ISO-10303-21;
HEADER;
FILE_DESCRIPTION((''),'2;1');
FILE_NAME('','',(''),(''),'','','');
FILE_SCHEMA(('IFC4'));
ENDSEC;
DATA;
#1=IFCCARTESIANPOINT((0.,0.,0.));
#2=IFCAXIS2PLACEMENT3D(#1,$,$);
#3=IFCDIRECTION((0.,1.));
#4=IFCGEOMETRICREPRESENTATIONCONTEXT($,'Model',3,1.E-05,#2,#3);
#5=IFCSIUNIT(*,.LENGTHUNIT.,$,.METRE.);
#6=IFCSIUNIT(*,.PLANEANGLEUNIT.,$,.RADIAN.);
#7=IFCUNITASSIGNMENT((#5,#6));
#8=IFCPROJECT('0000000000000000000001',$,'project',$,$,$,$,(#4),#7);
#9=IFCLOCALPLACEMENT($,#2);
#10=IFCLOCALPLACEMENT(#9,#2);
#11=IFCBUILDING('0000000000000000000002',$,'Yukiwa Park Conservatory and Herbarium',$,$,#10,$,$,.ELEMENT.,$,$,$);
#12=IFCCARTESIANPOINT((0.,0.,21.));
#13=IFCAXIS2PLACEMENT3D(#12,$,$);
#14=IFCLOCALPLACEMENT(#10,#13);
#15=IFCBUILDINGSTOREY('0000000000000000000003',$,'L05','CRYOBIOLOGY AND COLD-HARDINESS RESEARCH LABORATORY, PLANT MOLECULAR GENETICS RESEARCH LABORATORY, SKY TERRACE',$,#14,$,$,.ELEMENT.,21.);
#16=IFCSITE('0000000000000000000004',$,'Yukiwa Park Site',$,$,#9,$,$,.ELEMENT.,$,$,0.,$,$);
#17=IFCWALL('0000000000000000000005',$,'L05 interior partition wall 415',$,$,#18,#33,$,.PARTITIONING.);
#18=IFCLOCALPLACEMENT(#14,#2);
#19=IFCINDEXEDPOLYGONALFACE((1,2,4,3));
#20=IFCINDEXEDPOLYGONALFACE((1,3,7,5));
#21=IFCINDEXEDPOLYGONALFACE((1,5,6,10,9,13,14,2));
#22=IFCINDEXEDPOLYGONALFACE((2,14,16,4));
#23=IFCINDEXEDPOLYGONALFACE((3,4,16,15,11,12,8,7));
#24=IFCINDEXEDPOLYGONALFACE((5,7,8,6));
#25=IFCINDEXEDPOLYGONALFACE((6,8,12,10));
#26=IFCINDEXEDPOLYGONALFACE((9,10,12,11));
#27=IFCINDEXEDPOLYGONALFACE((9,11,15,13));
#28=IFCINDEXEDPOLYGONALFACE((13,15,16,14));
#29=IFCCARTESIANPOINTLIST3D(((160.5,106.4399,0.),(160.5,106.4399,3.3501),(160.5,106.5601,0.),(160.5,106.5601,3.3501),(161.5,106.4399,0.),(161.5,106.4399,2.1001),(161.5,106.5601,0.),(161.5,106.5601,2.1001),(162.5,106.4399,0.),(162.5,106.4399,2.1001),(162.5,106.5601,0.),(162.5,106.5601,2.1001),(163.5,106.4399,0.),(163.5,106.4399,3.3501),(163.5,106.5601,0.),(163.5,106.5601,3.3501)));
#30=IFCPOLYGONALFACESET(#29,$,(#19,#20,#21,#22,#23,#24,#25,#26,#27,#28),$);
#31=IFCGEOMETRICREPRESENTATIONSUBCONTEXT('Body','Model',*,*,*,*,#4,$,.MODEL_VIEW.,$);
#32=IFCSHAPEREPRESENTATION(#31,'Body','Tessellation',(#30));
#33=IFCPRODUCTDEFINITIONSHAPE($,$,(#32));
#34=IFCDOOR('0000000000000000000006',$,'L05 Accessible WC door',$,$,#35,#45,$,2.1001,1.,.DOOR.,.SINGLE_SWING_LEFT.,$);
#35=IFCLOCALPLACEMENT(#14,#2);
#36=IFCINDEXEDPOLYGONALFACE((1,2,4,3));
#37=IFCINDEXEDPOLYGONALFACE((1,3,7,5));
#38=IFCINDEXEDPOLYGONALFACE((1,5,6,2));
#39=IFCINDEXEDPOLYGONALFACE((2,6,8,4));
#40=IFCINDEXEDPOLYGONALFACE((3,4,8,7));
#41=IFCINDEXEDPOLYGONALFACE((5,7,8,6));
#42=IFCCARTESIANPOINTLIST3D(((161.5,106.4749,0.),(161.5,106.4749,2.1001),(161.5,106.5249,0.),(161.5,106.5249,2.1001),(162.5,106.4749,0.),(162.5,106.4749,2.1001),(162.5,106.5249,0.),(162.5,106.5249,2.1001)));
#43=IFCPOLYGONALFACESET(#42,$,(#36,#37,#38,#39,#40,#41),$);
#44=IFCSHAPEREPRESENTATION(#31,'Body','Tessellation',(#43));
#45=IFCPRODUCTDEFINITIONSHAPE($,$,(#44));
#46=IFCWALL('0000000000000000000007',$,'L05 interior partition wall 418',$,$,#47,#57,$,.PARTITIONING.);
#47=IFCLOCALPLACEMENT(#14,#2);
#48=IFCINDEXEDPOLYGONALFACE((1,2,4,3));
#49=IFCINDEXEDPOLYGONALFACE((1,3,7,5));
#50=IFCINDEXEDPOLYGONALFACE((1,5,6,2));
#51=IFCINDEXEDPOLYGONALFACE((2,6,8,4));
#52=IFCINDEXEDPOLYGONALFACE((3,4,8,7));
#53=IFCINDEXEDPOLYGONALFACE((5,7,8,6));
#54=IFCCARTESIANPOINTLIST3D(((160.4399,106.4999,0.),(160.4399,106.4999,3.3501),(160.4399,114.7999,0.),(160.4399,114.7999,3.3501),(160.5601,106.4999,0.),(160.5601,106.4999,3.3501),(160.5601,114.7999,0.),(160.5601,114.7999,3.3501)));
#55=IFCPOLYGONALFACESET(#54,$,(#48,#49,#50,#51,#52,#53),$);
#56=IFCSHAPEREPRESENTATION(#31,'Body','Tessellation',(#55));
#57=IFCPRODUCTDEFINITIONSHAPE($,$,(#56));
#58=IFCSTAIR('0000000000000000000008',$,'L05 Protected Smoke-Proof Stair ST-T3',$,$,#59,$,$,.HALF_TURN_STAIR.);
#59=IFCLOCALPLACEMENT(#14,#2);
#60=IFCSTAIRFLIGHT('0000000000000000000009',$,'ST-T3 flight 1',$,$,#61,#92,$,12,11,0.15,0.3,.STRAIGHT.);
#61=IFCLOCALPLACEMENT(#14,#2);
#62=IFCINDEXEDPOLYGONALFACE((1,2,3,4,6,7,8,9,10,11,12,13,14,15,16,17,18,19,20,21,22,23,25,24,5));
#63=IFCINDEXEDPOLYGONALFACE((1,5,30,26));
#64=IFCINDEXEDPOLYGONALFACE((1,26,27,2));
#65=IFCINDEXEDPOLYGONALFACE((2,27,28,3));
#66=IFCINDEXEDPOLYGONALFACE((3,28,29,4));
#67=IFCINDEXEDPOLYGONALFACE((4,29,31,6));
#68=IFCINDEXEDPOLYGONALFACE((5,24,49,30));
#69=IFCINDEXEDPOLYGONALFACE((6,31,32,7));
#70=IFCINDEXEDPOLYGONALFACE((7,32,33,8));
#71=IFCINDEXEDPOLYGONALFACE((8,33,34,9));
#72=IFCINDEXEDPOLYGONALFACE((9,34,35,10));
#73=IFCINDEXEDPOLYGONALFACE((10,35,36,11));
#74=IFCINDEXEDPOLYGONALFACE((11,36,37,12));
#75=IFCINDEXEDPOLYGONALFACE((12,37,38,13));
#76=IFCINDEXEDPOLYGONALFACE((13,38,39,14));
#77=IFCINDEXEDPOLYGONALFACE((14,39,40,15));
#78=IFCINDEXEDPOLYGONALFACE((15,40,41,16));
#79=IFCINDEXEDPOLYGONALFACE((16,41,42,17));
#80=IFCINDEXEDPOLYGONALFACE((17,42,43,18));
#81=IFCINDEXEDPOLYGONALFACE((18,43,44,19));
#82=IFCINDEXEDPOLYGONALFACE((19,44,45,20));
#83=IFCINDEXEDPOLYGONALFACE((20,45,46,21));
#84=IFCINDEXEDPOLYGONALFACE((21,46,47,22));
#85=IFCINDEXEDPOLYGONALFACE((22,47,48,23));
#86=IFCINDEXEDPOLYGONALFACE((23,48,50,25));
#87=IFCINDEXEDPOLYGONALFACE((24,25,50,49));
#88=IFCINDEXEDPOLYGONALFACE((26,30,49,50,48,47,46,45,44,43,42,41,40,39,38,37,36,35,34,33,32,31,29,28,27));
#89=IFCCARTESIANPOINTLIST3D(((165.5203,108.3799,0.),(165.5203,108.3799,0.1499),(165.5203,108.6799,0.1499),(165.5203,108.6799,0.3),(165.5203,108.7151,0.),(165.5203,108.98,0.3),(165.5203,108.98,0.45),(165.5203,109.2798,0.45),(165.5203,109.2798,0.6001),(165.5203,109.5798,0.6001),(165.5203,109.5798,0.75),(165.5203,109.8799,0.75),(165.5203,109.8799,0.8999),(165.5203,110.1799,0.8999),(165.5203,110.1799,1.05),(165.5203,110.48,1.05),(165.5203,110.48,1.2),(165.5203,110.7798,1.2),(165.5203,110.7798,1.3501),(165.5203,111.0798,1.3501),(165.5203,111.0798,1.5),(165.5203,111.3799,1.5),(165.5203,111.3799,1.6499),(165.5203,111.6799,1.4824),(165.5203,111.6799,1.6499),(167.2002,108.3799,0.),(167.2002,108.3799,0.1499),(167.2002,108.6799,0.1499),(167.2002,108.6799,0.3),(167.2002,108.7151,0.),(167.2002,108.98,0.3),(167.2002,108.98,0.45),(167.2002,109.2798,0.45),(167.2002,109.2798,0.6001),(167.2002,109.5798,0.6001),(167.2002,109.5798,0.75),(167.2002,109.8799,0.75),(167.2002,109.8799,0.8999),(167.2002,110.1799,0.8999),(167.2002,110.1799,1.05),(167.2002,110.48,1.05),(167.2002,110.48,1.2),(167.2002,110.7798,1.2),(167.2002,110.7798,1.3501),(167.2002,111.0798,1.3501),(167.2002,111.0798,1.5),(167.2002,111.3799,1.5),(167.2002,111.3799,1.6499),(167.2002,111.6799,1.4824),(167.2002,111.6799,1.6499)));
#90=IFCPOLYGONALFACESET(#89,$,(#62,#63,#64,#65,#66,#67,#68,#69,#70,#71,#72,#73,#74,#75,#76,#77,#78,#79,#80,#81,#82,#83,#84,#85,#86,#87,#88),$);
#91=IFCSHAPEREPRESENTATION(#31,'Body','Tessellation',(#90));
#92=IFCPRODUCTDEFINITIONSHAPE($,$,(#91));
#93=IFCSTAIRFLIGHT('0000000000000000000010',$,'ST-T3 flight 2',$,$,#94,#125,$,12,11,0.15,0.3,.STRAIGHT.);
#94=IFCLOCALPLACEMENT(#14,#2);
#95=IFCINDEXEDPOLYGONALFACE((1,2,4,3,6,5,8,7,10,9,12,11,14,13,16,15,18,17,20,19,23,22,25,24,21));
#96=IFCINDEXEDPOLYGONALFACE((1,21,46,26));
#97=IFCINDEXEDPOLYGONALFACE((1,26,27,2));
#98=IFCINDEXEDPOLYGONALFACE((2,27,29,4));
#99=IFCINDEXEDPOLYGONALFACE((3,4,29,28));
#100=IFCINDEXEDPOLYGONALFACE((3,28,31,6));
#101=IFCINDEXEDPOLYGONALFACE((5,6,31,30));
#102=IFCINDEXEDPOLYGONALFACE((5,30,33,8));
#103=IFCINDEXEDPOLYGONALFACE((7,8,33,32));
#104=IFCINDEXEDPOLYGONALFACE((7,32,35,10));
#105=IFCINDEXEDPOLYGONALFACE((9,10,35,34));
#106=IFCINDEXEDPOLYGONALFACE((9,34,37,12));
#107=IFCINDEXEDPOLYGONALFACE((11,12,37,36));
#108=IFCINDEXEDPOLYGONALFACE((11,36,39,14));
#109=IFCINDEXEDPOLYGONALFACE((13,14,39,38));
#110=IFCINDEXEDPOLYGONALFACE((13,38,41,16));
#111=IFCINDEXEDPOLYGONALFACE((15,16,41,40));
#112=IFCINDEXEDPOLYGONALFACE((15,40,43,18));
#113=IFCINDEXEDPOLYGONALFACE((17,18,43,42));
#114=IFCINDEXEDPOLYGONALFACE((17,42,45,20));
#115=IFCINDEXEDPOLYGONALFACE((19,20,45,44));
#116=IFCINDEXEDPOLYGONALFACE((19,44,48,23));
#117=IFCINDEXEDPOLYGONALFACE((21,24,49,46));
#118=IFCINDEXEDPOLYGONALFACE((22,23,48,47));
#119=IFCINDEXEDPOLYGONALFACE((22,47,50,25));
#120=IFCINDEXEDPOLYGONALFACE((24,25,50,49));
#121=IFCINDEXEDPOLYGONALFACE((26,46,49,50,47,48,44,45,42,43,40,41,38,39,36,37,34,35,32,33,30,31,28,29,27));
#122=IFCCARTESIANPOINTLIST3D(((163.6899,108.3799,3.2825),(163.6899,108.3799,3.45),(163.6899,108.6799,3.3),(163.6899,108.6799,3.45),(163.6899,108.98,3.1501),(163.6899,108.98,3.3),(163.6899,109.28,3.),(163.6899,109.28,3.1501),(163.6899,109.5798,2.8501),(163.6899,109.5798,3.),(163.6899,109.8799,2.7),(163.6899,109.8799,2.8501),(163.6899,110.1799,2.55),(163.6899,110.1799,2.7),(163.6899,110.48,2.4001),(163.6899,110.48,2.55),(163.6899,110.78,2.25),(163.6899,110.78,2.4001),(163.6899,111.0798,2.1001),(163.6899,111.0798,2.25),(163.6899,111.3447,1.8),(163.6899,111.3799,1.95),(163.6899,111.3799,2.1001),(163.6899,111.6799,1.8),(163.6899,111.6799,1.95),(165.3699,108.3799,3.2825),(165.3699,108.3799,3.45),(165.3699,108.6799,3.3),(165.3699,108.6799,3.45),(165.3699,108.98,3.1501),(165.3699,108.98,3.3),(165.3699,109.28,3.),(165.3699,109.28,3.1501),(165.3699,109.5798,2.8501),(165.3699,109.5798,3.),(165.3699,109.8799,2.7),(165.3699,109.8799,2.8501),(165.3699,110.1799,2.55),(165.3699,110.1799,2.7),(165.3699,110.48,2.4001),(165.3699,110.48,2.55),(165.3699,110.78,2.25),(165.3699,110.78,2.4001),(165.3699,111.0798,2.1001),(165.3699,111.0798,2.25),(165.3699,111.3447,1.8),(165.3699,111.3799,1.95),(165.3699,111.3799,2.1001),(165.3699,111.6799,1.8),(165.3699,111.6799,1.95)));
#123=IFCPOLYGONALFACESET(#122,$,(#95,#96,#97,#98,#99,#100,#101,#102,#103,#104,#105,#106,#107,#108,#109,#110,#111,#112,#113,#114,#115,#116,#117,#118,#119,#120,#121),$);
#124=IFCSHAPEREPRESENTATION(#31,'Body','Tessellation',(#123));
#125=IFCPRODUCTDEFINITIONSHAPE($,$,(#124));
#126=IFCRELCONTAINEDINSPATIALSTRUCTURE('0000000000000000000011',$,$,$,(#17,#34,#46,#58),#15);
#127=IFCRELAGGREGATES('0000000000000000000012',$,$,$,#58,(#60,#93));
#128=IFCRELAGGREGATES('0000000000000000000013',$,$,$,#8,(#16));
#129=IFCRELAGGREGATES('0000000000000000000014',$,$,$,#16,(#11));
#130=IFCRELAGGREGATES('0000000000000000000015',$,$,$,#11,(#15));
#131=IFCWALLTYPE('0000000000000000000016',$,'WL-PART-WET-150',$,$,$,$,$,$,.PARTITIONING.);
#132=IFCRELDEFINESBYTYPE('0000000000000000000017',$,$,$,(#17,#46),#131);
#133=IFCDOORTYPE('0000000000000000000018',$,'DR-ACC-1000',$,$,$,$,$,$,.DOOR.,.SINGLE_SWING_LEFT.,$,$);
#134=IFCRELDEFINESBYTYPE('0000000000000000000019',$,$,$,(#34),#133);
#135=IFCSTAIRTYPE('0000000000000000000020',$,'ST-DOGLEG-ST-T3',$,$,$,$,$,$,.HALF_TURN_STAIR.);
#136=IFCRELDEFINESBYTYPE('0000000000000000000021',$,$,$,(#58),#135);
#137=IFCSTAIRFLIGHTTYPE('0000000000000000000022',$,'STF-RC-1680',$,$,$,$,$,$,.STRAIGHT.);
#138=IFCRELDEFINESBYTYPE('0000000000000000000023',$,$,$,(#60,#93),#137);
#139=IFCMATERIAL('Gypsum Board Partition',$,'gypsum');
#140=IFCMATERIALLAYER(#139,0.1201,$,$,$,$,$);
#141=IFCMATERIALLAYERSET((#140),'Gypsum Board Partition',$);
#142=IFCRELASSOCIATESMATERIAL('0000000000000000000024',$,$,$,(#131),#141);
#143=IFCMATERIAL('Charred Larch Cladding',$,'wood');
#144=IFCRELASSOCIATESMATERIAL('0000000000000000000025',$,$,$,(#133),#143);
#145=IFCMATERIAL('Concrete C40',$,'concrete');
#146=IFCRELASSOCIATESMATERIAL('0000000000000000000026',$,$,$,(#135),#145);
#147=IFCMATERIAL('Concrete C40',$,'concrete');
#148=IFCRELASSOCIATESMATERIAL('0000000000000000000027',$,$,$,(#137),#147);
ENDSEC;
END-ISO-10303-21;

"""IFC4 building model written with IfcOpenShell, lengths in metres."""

from ifc_helpers import new_model, si_unit, direction, frame, frame_2d, origin, place, context, subcontext, project, spatial, polyline, rectangle, outline, extrude, material, layer, layer_set, type_object, element, fill, aggregate, save


model = new_model("IFC4")

# Units and contexts
model_context = context("Model", 3, precision=1e-05, world=origin(), true_north=direction((0.0, 1.0)))
body_context = subcontext(model_context, "Body", "Model", "MODEL_VIEW")
ifc_project = project(units=[si_unit("LENGTHUNIT", "METRE"), si_unit("PLANEANGLEUNIT", "RADIAN")], contexts=[model_context])

# Site, building, storey
site_placement = place(None, origin())
site = spatial("IfcSite", under=ifc_project, at=site_placement, Name="Yukiwa Park Site", CompositionType="ELEMENT", RefElevation=0.0)
building_placement = place(site_placement, origin())
building = spatial("IfcBuilding", under=site, at=building_placement, Name="Yukiwa Park Conservatory and Herbarium", CompositionType="ELEMENT")
storey_placement = place(building_placement, frame((0.0, 0.0, 21.0)))
storey = spatial("IfcBuildingStorey", under=building, at=storey_placement, Name="L05", Description="CRYOBIOLOGY AND COLD-HARDINESS RESEARCH LABORATORY, PLANT MOLECULAR GENETICS RESEARCH LABORATORY, SKY TERRACE", CompositionType="ELEMENT", Elevation=21.0)

# Wall, opening, door
ifc_material_1 = material(Name="Gypsum Board Partition", Category="gypsum")
ifc_layer_1 = layer(ifc_material_1, 0.1201)
ifc_layer_set_1 = layer_set([ifc_layer_1], Name="Gypsum Board Partition")
wall_type_1 = type_object("IfcWallType", Name="WL-PART-WET-150", PredefinedType="PARTITIONING", material=ifc_layer_set_1)
wall_1_placement = place(storey_placement, frame((160.5, 106.5, 0.0), z_axis=(0.0, 0.0, 1.0), x_axis=(1.0, 0.0, 0.0)))
wall_1 = element("IfcWall", 1, at=wall_1_placement, inside=storey, type_object=wall_type_1, Name="L05 interior partition wall 415", PredefinedType="PARTITIONING", context=body_context, shape_type="SweptSolid", body=[
    extrude(rectangle(XDim=3.0, YDim=0.1201, at=frame_2d((1.5, 0.0))), origin(), (0.0, 0.0, 1.0), 3.3501),
])
opening_1_placement = place(wall_1_placement, frame((1.0, 0.0, 0.0)))
opening_1 = element("IfcOpeningElement", 2, at=opening_1_placement, cuts=wall_1, PredefinedType="OPENING", context=body_context, shape_type="SweptSolid", body=[
    extrude(rectangle(XDim=1.0, YDim=2.1001, at=frame_2d((0.5, 1.05))), frame((0.0, 0.0701, 0.0), z_axis=(0.0, -1.0, 0.0), x_axis=(1.0, 0.0, 0.0)), (0.0, 0.0, 1.0), 0.1401),
])
ifc_material_2 = material(Name="Charred Larch Cladding", Category="wood")
door_type_1 = type_object("IfcDoorType", Name="DR-ACC-1000", OperationType="SINGLE_SWING_LEFT", PredefinedType="DOOR", material=ifc_material_2)
door_1_placement = place(opening_1_placement, origin())
door_1 = element("IfcDoor", 3, at=door_1_placement, inside=storey, type_object=door_type_1, Name="L05 Accessible WC door", OperationType="SINGLE_SWING_LEFT", OverallHeight=2.1001, OverallWidth=1.0, PredefinedType="DOOR", context=body_context, shape_type="SweptSolid", body=[
    extrude(rectangle(XDim=1.0, YDim=2.1001, at=frame_2d((0.5, 1.05))), frame((0.0, 0.0249, 0.0), z_axis=(0.0, -1.0, 0.0), x_axis=(1.0, 0.0, 0.0)), (0.0, 0.0, 1.0), 0.05),
])
fill(opening_1, door_1)

# Wall
wall_2_placement = place(storey_placement, frame((160.5, 106.5, 0.0), z_axis=(0.0, 0.0, 1.0), x_axis=(0.0, 1.0, 0.0)))
element("IfcWall", 4, at=wall_2_placement, inside=storey, type_object=wall_type_1, Name="L05 interior partition wall 418", PredefinedType="PARTITIONING", context=body_context, shape_type="SweptSolid", body=[
    extrude(rectangle(XDim=8.3, YDim=0.1201, at=frame_2d((4.1499, 0.0))), origin(), (0.0, 0.0, 1.0), 3.3501),
])

# Stair, stair flights
ifc_material_3 = material(Name="Concrete C40", Category="concrete")
stair_type = type_object("IfcStairType", Name="ST-DOGLEG-ST-T3", PredefinedType="HALF_TURN_STAIR", material=ifc_material_3)
stair_placement = place(storey_placement, origin())
stair = element("IfcStair", 5, at=stair_placement, inside=storey, type_object=stair_type, Name="L05 Protected Smoke-Proof Stair ST-T3", PredefinedType="HALF_TURN_STAIR")
ifc_material_4 = material(Name="Concrete C40", Category="concrete")
stair_flight_type = type_object("IfcStairFlightType", Name="STF-RC-1680", PredefinedType="STRAIGHT", material=ifc_material_4)
stair_flight_1_placement = place(storey_placement, frame((166.3601, 108.3799, 0.0), z_axis=(0.0, 0.0, 1.0), x_axis=(0.0, 1.0, 0.0)))
stair_flight_1 = element("IfcStairFlight", 6, at=stair_flight_1_placement, type_object=stair_flight_type, Name="ST-T3 flight 1", NumberOfRisers=12, NumberOfTreads=11, PredefinedType="STRAIGHT", RiserHeight=0.15, TreadLength=0.3, context=body_context, shape_type="SweptSolid", body=[
    extrude(outline(polyline([(0.0, 0.0), (0.0, 0.1499), (0.3, 0.1499), (0.3, 0.3), (0.6001, 0.3), (0.6001, 0.45), (0.8999, 0.45), (0.8999, 0.6001), (1.2, 0.6001), (1.2, 0.75), (1.5, 0.75), (1.5, 0.8999), (1.8, 0.8999), (1.8, 1.05), (2.1001, 1.05), (2.1001, 1.2), (2.3999, 1.2), (2.3999, 1.3501), (2.7, 1.3501), (2.7, 1.5), (3.0, 1.5), (3.0, 1.6499), (3.3, 1.6499), (3.3, 1.8), (3.3, 1.4824), (0.3352, 0.0), (0.0, 0.0)])), frame((0.0, 0.8398, 0.0), z_axis=(0.0, -1.0, 0.0), x_axis=(1.0, 0.0, 0.0)), (0.0, 0.0, 1.0), 1.6799),
])
stair_flight_2_placement = place(storey_placement, frame((164.53, 111.6799, 1.8), z_axis=(0.0, 0.0, 1.0), x_axis=(0.0, -1.0, 0.0)))
stair_flight_2 = element("IfcStairFlight", 7, at=stair_flight_2_placement, type_object=stair_flight_type, Name="ST-T3 flight 2", NumberOfRisers=12, NumberOfTreads=11, PredefinedType="STRAIGHT", RiserHeight=0.15, TreadLength=0.3, context=body_context, shape_type="SweptSolid", body=[
    extrude(outline(polyline([(0.0, 0.0), (0.0, 0.1499), (0.3, 0.1499), (0.3, 0.3), (0.6001, 0.3), (0.6001, 0.45), (0.8999, 0.45), (0.8999, 0.6001), (1.2, 0.6001), (1.2, 0.75), (1.5, 0.75), (1.5, 0.8999), (1.8, 0.8999), (1.8, 1.05), (2.1001, 1.05), (2.1001, 1.2), (2.3999, 1.2), (2.3999, 1.3501), (2.7, 1.3501), (2.7, 1.5), (3.0, 1.5), (3.0, 1.6499), (3.3, 1.6499), (3.3, 1.8), (3.3, 1.4824), (0.3352, 0.0), (0.0, 0.0)])), frame((0.0, 0.8398, 0.0), z_axis=(0.0, -1.0, 0.0), x_axis=(1.0, 0.0, 0.0)), (0.0, 0.0, 1.0), 1.6799),
])
aggregate(stair, [stair_flight_1, stair_flight_2])

save(model, "model.ifc")
